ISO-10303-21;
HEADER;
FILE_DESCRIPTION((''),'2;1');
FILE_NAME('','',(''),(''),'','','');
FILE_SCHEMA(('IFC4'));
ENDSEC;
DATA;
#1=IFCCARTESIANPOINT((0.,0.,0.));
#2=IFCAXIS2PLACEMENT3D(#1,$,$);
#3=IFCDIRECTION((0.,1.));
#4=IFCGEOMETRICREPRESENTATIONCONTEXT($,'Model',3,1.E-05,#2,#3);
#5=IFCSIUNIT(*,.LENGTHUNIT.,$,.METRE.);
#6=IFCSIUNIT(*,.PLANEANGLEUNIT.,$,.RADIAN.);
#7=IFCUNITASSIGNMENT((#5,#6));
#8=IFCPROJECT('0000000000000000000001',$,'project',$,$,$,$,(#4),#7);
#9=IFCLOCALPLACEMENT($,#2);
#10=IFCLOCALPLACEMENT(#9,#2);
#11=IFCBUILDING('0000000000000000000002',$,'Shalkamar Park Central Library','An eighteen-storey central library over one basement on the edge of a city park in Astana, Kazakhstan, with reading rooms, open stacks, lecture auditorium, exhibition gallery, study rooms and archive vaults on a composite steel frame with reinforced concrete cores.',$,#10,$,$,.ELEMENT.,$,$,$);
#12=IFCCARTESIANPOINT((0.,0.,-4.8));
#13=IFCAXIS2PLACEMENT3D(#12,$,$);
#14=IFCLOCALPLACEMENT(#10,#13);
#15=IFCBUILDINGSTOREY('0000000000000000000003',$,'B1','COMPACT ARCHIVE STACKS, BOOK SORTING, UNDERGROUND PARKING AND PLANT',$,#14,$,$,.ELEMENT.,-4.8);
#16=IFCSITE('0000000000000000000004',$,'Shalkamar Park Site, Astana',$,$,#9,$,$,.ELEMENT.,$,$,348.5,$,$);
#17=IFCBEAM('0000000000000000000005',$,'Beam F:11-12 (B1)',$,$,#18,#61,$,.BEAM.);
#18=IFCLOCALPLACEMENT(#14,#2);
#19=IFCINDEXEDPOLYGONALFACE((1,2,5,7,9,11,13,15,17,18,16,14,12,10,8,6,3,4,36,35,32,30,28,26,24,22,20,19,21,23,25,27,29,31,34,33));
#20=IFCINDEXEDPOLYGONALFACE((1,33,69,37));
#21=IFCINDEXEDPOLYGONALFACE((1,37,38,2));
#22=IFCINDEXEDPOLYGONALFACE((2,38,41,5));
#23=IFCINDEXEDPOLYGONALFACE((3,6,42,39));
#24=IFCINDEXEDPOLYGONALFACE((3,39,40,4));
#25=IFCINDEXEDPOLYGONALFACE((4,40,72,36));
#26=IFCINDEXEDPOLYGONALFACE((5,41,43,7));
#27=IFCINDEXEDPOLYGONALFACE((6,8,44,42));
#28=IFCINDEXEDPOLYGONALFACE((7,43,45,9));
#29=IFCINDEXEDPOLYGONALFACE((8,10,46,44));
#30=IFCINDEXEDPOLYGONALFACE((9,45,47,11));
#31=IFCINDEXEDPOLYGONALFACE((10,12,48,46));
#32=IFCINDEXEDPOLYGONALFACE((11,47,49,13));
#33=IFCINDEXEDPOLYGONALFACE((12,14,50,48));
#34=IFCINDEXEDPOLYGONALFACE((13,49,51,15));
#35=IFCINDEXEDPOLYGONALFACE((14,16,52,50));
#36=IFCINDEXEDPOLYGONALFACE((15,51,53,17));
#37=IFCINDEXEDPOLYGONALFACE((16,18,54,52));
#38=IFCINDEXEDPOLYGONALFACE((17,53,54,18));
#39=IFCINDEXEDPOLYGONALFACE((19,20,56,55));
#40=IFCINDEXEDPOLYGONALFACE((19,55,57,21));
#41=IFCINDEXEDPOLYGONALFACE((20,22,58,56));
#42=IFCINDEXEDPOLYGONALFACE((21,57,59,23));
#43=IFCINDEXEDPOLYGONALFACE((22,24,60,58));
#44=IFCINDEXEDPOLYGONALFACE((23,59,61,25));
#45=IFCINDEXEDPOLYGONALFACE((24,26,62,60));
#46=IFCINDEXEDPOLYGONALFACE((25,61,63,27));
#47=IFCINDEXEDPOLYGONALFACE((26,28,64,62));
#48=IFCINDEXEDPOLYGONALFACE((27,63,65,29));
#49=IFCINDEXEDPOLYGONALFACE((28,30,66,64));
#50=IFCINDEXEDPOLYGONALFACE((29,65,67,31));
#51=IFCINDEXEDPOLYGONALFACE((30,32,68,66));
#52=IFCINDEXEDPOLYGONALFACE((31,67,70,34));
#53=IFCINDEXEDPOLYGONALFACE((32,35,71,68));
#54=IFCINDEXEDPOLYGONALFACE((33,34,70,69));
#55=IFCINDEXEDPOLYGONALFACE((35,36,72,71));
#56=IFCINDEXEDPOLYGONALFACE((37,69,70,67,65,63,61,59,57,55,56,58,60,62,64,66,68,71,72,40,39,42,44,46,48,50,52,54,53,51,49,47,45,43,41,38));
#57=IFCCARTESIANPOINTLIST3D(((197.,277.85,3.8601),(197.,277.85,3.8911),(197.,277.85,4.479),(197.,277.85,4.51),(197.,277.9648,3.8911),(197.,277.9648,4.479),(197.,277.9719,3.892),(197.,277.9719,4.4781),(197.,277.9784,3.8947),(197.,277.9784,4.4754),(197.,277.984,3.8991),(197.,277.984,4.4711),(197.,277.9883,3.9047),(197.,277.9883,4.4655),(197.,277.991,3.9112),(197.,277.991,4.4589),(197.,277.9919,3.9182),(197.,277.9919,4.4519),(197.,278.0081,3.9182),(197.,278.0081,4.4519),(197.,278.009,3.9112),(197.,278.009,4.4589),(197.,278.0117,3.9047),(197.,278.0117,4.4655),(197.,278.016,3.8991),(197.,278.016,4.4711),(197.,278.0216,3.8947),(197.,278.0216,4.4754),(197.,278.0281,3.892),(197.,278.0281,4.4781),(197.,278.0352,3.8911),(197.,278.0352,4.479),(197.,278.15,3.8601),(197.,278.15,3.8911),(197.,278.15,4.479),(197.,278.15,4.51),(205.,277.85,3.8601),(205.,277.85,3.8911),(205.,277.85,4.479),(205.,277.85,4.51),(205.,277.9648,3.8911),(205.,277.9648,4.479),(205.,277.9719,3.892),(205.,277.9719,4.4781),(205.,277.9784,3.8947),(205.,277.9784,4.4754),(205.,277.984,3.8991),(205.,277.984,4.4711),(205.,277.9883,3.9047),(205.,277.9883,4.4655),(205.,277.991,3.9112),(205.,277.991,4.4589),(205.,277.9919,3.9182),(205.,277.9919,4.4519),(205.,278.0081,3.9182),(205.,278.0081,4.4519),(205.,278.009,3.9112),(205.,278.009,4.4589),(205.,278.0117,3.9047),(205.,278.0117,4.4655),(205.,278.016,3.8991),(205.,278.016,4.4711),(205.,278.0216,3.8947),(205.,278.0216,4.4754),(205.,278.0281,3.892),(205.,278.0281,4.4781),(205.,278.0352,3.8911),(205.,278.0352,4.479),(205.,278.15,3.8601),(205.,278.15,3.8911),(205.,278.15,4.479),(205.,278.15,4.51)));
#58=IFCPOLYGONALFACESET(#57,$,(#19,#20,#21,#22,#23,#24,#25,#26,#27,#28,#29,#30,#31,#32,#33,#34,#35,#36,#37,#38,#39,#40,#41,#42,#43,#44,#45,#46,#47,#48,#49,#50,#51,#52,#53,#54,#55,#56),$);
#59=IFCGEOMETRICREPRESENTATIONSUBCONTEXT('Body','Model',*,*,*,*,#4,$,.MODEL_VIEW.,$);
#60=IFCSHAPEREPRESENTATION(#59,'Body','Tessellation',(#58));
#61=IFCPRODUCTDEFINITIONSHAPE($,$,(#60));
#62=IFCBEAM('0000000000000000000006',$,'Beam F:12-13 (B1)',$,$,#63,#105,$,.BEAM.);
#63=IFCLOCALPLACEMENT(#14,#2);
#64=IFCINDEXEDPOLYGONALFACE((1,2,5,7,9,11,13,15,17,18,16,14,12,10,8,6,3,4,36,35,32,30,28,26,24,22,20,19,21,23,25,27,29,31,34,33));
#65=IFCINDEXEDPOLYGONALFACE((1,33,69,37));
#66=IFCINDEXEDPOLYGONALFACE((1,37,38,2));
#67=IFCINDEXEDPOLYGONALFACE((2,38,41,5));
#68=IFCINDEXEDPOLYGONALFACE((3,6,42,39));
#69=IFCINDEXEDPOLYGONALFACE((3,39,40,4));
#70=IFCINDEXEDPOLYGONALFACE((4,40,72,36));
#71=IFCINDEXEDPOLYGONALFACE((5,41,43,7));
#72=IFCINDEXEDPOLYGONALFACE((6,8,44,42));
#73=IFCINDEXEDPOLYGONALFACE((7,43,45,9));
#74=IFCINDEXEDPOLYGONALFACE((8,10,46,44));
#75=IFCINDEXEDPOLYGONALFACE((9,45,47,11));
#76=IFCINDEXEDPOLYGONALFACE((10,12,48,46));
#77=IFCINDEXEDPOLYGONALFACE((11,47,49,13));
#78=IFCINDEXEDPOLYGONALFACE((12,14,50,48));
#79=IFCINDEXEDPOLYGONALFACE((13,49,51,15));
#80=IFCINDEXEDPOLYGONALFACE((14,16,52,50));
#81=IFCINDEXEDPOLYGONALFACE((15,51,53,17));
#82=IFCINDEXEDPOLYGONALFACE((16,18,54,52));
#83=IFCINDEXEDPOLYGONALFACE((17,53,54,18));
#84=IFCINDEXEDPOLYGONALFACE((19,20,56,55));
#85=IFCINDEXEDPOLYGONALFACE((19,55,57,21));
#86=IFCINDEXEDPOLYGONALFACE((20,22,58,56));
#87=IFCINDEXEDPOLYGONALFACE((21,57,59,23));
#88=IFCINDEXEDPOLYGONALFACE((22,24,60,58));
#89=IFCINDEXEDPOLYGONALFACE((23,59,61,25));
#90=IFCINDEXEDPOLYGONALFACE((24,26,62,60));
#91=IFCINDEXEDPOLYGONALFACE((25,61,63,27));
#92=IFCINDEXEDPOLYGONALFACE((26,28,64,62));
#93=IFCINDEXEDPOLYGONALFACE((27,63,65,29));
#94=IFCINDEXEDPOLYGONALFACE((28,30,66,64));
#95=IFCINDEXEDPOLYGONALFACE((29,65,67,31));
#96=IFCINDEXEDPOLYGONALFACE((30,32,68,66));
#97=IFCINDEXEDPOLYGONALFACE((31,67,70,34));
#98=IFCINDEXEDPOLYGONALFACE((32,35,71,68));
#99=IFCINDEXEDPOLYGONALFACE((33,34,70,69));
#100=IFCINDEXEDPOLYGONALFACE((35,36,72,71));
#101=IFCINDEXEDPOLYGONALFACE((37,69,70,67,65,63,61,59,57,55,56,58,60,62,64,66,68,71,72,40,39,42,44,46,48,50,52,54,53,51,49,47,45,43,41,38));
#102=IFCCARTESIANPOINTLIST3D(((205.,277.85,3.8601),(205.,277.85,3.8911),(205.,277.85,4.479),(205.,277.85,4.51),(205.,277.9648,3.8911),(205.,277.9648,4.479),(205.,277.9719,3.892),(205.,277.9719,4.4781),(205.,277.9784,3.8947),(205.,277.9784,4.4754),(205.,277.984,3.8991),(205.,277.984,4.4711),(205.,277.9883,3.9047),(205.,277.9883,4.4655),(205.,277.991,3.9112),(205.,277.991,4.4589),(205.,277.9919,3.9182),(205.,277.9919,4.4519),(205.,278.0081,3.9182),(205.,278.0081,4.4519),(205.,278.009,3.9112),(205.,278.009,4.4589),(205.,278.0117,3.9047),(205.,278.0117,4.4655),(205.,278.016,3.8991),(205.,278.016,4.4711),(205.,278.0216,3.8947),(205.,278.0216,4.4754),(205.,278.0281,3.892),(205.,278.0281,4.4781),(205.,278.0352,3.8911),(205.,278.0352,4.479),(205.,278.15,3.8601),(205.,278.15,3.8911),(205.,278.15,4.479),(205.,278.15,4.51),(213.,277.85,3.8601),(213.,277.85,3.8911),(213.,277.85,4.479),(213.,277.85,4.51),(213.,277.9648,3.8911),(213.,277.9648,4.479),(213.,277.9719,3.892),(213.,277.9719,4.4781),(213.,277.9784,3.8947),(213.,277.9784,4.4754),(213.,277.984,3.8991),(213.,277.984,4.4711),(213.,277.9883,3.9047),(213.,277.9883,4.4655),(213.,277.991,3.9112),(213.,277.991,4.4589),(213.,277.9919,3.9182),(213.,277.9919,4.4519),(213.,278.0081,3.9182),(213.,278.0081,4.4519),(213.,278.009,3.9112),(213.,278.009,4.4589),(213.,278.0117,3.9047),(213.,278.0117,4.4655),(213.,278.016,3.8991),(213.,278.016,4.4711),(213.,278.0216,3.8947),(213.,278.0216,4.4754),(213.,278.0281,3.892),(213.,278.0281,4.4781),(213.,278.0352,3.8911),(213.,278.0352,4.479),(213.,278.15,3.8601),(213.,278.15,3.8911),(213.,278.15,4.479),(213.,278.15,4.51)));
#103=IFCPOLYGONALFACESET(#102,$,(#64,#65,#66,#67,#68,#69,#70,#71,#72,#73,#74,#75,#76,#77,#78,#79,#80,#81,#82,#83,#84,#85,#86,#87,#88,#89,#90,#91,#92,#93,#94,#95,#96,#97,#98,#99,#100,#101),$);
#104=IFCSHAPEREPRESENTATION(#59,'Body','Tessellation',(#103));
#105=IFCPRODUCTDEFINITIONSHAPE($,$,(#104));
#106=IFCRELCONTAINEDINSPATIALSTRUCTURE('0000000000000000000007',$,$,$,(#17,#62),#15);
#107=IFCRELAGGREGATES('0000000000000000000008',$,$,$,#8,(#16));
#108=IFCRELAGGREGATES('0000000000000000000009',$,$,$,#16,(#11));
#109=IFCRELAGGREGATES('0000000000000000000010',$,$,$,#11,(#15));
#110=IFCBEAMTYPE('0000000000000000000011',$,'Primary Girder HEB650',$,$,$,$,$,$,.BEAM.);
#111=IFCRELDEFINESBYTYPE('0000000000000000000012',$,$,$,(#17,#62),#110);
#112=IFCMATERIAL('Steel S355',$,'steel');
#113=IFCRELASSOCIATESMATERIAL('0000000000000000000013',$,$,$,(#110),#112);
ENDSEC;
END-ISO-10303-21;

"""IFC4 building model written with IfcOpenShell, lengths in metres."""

from ifc_helpers import new_model, si_unit, direction, frame, origin, origin_2d, place, context, subcontext, project, spatial, i_section, extrude, material, material_profile, profile_set, type_object, element, save


model = new_model("IFC4")

# Units and contexts
model_context = context("Model", 3, precision=1e-05, world=origin(), true_north=direction((0.0, 1.0)))
body_context = subcontext(model_context, "Body", "Model", "MODEL_VIEW")
ifc_project = project(units=[si_unit("LENGTHUNIT", "METRE"), si_unit("PLANEANGLEUNIT", "RADIAN")], contexts=[model_context])

# Site, building, storey
site_placement = place(None, origin())
site = spatial("IfcSite", under=ifc_project, at=site_placement, Name="Shalkamar Park Site, Astana", CompositionType="ELEMENT", RefElevation=348.5)
building_placement = place(site_placement, origin())
building = spatial("IfcBuilding", under=site, at=building_placement, Name="Shalkamar Park Central Library", Description="An eighteen-storey central library over one basement on the edge of a city park in Astana, Kazakhstan, with reading rooms, open stacks, lecture auditorium, exhibition gallery, study rooms and archive vaults on a composite steel frame with reinforced concrete cores.", CompositionType="ELEMENT")
storey_placement = place(building_placement, frame((0.0, 0.0, -4.8)))
storey = spatial("IfcBuildingStorey", under=building, at=storey_placement, Name="B1", Description="COMPACT ARCHIVE STACKS, BOOK SORTING, UNDERGROUND PARKING AND PLANT", CompositionType="ELEMENT", Elevation=-4.8)

# Shared definitions
ifc_material_1 = material(Name="Steel S355", Category="steel")

# Beams
ifc_material_profile_1 = material_profile(ifc_material_1, i_section(OverallWidth=0.3, OverallDepth=0.6499, WebThickness=0.0161, FlangeThickness=0.031, FilletRadius=0.0271, at=origin_2d()), Name="HEB 650")
ifc_profile_set_1 = profile_set([ifc_material_profile_1], Name="Steel S355")
beam_type_1 = type_object("IfcBeamType", Name="Primary Girder HEB650", PredefinedType="BEAM", material=ifc_profile_set_1)
for number, where, z_axis, x_axis, name in (
    (1, (197.0, 278.0, 4.1851), (1.0, 0.0, 0.0), (0.0, 1.0, 0.0), "Beam F:11-12 (B1)"),
    (2, (205.0, 278.0, 4.1851), (1.0, 0.0, 0.0), (0.0, 1.0, 0.0), "Beam F:12-13 (B1)"),
):
    element("IfcBeam", number, at=place(storey_placement, frame(where, z_axis=z_axis, x_axis=x_axis)), inside=storey, type_object=beam_type_1, Name=name, PredefinedType="BEAM", context=body_context, shape_type="SweptSolid", body=[
        extrude(i_section(OverallWidth=0.3, OverallDepth=0.6499, WebThickness=0.0161, FlangeThickness=0.031, FilletRadius=0.0271, at=origin_2d()), origin(), (0.0, 0.0, 1.0), 8.0),
    ])

save(model, "model.ifc")
